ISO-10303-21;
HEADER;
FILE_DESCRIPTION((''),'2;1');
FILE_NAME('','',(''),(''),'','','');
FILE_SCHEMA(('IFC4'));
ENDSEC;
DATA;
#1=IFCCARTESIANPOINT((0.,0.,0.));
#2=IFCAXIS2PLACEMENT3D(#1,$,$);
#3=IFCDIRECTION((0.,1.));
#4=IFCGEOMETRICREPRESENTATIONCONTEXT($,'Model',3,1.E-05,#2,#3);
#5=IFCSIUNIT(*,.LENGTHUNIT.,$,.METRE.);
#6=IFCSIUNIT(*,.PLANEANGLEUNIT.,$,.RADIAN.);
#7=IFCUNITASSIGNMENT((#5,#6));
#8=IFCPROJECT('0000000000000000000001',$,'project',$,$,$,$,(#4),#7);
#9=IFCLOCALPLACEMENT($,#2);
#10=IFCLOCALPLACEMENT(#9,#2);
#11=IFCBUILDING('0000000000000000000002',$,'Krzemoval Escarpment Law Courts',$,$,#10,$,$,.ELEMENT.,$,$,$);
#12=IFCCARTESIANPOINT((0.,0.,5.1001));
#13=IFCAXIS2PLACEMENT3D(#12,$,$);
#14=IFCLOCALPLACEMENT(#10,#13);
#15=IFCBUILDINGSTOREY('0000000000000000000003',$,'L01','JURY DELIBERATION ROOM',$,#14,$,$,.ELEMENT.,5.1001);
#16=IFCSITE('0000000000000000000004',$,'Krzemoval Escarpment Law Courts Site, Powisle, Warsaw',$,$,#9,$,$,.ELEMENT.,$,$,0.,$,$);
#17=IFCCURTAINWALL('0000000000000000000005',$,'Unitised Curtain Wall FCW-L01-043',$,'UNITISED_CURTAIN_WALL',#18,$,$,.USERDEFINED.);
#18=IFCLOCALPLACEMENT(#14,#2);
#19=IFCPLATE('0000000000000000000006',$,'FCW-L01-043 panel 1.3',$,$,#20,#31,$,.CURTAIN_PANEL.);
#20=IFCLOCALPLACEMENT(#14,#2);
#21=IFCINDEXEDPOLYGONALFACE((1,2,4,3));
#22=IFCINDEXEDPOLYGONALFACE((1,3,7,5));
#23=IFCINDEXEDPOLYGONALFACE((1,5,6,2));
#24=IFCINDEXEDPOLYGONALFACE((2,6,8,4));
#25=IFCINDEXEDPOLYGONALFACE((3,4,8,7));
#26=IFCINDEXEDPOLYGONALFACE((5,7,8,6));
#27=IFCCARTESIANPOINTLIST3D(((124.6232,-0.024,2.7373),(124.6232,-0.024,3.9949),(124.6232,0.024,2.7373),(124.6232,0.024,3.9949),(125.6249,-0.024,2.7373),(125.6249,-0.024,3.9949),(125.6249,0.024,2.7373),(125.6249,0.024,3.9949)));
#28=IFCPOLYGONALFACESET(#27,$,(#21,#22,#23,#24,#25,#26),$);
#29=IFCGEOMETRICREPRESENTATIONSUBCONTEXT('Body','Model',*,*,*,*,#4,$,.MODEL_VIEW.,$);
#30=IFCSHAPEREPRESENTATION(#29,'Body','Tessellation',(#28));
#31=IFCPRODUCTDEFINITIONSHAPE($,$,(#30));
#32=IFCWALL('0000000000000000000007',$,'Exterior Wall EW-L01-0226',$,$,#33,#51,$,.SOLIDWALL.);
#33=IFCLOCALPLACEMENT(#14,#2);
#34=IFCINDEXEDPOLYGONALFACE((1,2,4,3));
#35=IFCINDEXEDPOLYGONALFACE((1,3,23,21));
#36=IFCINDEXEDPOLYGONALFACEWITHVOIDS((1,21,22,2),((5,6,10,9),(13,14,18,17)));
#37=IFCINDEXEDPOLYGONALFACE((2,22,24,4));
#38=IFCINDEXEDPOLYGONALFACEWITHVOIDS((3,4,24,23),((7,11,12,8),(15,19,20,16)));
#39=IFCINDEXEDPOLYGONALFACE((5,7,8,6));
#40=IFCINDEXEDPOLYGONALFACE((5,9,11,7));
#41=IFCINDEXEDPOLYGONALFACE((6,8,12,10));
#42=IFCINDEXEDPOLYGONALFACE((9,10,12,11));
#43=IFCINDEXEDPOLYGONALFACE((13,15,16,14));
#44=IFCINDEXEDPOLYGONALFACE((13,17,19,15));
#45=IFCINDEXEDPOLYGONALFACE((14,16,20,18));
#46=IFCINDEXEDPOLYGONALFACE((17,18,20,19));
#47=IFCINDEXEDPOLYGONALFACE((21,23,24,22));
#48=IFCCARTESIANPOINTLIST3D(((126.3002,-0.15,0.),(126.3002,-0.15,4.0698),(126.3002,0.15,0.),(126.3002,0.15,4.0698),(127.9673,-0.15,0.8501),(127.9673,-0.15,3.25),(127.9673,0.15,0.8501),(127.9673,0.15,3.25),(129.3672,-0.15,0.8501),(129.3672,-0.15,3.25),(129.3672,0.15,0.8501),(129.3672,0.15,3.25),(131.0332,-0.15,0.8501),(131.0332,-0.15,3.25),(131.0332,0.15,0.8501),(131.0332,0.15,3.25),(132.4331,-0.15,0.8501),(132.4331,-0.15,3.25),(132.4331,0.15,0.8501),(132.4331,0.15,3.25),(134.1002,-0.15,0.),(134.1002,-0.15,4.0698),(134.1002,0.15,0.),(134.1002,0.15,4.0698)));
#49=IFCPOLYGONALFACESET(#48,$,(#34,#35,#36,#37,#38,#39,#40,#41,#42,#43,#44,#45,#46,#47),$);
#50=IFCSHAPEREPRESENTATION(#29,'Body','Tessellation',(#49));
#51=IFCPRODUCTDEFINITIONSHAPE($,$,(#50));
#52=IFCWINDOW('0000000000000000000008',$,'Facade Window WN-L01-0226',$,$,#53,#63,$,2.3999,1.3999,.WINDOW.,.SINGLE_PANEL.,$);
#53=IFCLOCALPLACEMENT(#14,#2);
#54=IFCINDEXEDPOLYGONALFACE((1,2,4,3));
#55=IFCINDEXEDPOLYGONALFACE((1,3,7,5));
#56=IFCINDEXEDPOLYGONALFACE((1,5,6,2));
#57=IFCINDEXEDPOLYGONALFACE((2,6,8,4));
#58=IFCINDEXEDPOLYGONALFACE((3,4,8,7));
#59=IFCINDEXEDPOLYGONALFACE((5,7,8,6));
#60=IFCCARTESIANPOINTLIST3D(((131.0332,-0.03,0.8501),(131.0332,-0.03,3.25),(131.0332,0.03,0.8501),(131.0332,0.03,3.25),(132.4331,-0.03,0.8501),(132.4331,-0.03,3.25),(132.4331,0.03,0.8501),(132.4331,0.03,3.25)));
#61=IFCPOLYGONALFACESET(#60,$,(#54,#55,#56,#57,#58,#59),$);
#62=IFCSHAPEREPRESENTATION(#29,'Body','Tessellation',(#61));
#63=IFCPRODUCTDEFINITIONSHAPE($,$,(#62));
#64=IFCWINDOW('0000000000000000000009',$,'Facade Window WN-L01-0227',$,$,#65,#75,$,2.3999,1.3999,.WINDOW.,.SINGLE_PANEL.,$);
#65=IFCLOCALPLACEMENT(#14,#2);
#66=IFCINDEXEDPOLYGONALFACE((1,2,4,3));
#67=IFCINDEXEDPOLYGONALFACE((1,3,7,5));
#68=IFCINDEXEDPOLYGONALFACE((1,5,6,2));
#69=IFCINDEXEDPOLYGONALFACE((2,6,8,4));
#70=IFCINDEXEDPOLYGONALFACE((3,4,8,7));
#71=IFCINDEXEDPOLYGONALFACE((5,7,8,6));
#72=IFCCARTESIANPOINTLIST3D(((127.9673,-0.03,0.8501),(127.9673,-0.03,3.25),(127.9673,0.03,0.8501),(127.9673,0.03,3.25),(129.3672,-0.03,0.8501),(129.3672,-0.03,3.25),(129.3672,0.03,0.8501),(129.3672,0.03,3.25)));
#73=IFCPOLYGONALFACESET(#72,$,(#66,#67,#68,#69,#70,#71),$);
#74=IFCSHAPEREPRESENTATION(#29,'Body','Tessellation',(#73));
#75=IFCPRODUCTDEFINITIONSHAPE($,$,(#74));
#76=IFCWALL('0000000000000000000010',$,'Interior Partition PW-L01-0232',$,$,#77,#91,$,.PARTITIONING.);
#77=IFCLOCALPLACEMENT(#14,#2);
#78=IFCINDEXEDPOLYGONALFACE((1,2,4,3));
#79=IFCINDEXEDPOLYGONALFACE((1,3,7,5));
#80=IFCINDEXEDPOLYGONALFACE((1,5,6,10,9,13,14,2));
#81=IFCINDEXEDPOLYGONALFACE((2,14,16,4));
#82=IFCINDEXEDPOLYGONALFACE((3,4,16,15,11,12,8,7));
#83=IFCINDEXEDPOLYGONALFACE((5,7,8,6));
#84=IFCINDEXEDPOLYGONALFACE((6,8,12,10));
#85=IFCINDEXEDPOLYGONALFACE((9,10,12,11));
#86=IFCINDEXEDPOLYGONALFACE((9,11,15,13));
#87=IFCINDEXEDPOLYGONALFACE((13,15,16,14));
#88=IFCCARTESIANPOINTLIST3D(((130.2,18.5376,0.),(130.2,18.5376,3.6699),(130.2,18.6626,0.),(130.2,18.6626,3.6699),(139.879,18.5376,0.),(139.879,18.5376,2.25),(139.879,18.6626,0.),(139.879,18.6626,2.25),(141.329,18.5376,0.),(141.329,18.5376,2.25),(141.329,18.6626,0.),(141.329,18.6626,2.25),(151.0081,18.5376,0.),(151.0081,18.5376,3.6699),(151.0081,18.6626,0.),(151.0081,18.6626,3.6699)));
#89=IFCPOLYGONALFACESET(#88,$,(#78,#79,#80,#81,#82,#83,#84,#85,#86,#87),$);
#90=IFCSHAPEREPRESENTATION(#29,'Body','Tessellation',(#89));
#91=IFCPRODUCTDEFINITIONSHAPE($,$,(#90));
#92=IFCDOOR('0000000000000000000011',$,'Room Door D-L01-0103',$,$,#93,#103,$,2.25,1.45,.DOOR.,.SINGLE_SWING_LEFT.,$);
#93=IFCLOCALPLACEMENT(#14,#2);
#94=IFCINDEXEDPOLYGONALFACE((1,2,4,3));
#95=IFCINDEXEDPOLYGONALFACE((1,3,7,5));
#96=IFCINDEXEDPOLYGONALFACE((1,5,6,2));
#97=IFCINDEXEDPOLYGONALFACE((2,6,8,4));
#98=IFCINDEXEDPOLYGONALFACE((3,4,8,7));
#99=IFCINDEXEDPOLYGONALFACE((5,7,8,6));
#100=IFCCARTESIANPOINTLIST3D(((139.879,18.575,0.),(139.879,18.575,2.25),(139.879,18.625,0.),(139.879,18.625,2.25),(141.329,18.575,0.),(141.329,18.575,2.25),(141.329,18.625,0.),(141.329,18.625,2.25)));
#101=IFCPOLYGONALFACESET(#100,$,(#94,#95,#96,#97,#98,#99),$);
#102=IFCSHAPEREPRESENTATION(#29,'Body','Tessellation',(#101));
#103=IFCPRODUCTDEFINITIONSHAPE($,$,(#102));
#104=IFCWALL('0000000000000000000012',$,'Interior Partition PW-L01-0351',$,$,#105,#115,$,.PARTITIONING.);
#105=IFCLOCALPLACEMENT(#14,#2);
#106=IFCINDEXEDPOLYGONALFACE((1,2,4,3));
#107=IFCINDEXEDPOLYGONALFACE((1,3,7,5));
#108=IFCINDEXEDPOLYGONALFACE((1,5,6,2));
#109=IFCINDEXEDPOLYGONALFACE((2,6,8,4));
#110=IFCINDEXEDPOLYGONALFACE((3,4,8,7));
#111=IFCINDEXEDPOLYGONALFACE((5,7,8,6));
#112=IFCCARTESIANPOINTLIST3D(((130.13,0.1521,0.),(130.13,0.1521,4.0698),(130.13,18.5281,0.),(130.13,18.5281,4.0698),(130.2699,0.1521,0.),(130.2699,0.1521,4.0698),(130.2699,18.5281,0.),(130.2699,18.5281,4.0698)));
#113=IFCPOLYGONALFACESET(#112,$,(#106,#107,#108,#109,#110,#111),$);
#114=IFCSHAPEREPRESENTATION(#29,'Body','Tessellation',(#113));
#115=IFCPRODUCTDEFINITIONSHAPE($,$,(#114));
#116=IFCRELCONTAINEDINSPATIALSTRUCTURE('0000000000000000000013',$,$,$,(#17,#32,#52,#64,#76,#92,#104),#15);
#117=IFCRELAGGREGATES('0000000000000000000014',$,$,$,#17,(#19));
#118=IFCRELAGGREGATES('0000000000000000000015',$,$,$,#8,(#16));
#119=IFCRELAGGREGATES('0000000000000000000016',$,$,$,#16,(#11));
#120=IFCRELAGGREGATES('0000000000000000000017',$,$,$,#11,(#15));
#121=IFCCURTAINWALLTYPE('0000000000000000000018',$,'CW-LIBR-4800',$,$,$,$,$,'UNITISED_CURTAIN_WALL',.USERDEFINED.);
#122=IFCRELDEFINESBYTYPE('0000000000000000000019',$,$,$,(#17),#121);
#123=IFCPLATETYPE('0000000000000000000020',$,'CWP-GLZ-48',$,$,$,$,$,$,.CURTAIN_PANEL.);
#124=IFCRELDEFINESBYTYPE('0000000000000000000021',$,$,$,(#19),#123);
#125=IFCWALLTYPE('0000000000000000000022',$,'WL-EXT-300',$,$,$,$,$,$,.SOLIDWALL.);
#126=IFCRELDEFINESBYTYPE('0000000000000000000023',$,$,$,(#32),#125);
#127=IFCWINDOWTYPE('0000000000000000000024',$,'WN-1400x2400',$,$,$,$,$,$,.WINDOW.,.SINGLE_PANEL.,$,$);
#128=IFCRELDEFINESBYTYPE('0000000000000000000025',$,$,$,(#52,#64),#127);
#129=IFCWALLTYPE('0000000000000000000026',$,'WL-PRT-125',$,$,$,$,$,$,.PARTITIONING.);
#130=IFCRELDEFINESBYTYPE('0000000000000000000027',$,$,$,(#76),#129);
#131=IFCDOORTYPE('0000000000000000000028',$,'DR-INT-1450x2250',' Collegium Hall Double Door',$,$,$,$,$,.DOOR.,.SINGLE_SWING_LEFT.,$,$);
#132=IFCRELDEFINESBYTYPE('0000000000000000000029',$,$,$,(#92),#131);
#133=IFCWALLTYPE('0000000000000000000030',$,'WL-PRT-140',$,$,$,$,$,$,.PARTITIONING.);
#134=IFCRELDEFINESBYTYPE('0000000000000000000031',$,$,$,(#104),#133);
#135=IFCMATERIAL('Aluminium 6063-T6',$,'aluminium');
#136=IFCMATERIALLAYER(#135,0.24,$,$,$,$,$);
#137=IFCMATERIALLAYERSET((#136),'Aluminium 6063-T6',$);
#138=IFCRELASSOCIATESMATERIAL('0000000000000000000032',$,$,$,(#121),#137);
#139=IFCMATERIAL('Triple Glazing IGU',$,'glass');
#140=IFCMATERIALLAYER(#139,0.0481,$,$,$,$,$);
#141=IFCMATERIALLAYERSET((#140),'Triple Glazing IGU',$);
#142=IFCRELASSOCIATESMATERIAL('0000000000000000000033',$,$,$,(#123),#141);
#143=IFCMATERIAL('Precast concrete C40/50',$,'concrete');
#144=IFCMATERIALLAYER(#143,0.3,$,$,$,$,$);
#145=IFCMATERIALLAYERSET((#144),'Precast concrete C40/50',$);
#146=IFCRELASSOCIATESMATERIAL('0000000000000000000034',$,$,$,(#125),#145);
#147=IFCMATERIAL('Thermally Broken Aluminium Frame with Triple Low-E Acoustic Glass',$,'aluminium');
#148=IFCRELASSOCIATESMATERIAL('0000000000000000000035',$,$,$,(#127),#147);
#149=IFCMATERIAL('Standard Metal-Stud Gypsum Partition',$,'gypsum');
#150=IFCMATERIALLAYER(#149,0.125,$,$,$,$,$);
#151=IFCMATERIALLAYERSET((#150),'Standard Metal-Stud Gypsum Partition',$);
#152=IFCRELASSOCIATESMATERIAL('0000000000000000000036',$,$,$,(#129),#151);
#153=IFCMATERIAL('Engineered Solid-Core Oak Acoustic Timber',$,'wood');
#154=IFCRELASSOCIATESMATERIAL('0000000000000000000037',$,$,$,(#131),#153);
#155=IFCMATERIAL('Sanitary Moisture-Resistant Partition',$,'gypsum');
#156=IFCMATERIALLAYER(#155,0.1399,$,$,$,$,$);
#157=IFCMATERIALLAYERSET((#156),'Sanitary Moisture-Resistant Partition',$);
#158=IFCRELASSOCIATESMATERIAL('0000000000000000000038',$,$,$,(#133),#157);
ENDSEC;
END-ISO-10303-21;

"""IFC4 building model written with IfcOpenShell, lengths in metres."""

from ifc_helpers import new_model, si_unit, direction, frame, frame_2d, origin, origin_2d, place, context, subcontext, project, spatial, rectangle, extrude, material, layer, layer_set, type_object, element, fill, aggregate, save


model = new_model("IFC4")

# Units and contexts
model_context = context("Model", 3, precision=1e-05, world=origin(), true_north=direction((0.0, 1.0)))
body_context = subcontext(model_context, "Body", "Model", "MODEL_VIEW")
ifc_project = project(units=[si_unit("LENGTHUNIT", "METRE"), si_unit("PLANEANGLEUNIT", "RADIAN")], contexts=[model_context])

# Site, building, storey
site_placement = place(None, origin())
site = spatial("IfcSite", under=ifc_project, at=site_placement, Name="Krzemoval Escarpment Law Courts Site, Powisle, Warsaw", CompositionType="ELEMENT", RefElevation=0.0)
building_placement = place(site_placement, origin())
building = spatial("IfcBuilding", under=site, at=building_placement, Name="Krzemoval Escarpment Law Courts", CompositionType="ELEMENT")
storey_placement = place(building_placement, frame((0.0, 0.0, 5.1001)))
storey = spatial("IfcBuildingStorey", under=building, at=storey_placement, Name="L01", Description="JURY DELIBERATION ROOM", CompositionType="ELEMENT", Elevation=5.1001)

# Curtain wall
ifc_material_1 = material(Name="Aluminium 6063-T6", Category="aluminium")
ifc_layer_1 = layer(ifc_material_1, 0.24)
ifc_layer_set_1 = layer_set([ifc_layer_1], Name="Aluminium 6063-T6")
curtain_wall_type = type_object("IfcCurtainWallType", Name="CW-LIBR-4800", ElementType="UNITISED_CURTAIN_WALL", PredefinedType="USERDEFINED", material=ifc_layer_set_1)
curtain_wall_placement = place(storey_placement, origin())
curtain_wall = element("IfcCurtainWall", 1, at=curtain_wall_placement, inside=storey, type_object=curtain_wall_type, Name="Unitised Curtain Wall FCW-L01-043", ObjectType="UNITISED_CURTAIN_WALL", PredefinedType="USERDEFINED")

# Plate
ifc_material_2 = material(Name="Triple Glazing IGU", Category="glass")
ifc_layer_2 = layer(ifc_material_2, 0.0481)
ifc_layer_set_2 = layer_set([ifc_layer_2], Name="Triple Glazing IGU")
plate_type = type_object("IfcPlateType", Name="CWP-GLZ-48", PredefinedType="CURTAIN_PANEL", material=ifc_layer_set_2)
plate_1_placement = place(storey_placement, frame((125.124, 0.0, 2.7373), z_axis=(0.0, 0.0, 1.0), x_axis=(-1.0, 0.0, 0.0)))
plate_1 = element("IfcPlate", 2, at=plate_1_placement, type_object=plate_type, Name="FCW-L01-043 panel 1.3", PredefinedType="CURTAIN_PANEL", context=body_context, shape_type="SweptSolid", body=[
    extrude(rectangle(XDim=1.0017, YDim=0.0481, at=origin_2d()), origin(), (0.0, 0.0, 1.0), 1.2576),
])
aggregate(curtain_wall, [plate_1])

# Wall, openings, windows
ifc_material_3 = material(Name="Precast concrete C40/50", Category="concrete")
ifc_layer_3 = layer(ifc_material_3, 0.3)
ifc_layer_set_3 = layer_set([ifc_layer_3], Name="Precast concrete C40/50")
wall_type_1 = type_object("IfcWallType", Name="WL-EXT-300", PredefinedType="SOLIDWALL", material=ifc_layer_set_3)
wall_1_placement = place(storey_placement, frame((134.1001, 0.0, 0.0), z_axis=(0.0, 0.0, 1.0), x_axis=(-1.0, 0.0, 0.0)))
wall_1 = element("IfcWall", 3, at=wall_1_placement, inside=storey, type_object=wall_type_1, Name="Exterior Wall EW-L01-0226", PredefinedType="SOLIDWALL", context=body_context, shape_type="SweptSolid", body=[
    extrude(rectangle(XDim=7.8, YDim=0.3, at=frame_2d((3.8999, 0.0))), origin(), (0.0, 0.0, 1.0), 4.0698),
])
opening_1_placement = place(wall_1_placement, frame((1.667, 0.0, 0.8501)))
opening_1 = element("IfcOpeningElement", 4, at=opening_1_placement, cuts=wall_1, PredefinedType="OPENING", context=body_context, shape_type="SweptSolid", body=[
    extrude(rectangle(XDim=1.3999, YDim=2.3999, at=frame_2d((0.7, 1.2))), frame((0.0, 0.165, 0.0), z_axis=(0.0, -1.0, 0.0), x_axis=(1.0, 0.0, 0.0)), (0.0, 0.0, 1.0), 0.3301),
])
opening_2_placement = place(wall_1_placement, frame((4.7329, 0.0, 0.8501)))
opening_2 = element("IfcOpeningElement", 5, at=opening_2_placement, cuts=wall_1, PredefinedType="OPENING", context=body_context, shape_type="SweptSolid", body=[
    extrude(rectangle(XDim=1.3999, YDim=2.3999, at=frame_2d((0.7, 1.2))), frame((0.0, 0.165, 0.0), z_axis=(0.0, -1.0, 0.0), x_axis=(1.0, 0.0, 0.0)), (0.0, 0.0, 1.0), 0.3301),
])
ifc_material_4 = material(Name="Thermally Broken Aluminium Frame with Triple Low-E Acoustic Glass", Category="aluminium")
window_type = type_object("IfcWindowType", Name="WN-1400x2400", PartitioningType="SINGLE_PANEL", PredefinedType="WINDOW", material=ifc_material_4)
window_1_placement = place(opening_1_placement, origin())
window_1 = element("IfcWindow", 6, at=window_1_placement, inside=storey, type_object=window_type, Name="Facade Window WN-L01-0226", OverallHeight=2.3999, OverallWidth=1.3999, PartitioningType="SINGLE_PANEL", PredefinedType="WINDOW", context=body_context, shape_type="SweptSolid", body=[
    extrude(rectangle(XDim=1.3999, YDim=2.3999, at=frame_2d((0.7, 1.2))), frame((0.0, 0.03, 0.0), z_axis=(0.0, -1.0, 0.0), x_axis=(1.0, 0.0, 0.0)), (0.0, 0.0, 1.0), 0.0601),
])
fill(opening_1, window_1)
window_2_placement = place(opening_2_placement, origin())
window_2 = element("IfcWindow", 7, at=window_2_placement, inside=storey, type_object=window_type, Name="Facade Window WN-L01-0227", OverallHeight=2.3999, OverallWidth=1.3999, PartitioningType="SINGLE_PANEL", PredefinedType="WINDOW", context=body_context, shape_type="SweptSolid", body=[
    extrude(rectangle(XDim=1.3999, YDim=2.3999, at=frame_2d((0.7, 1.2))), frame((0.0, 0.03, 0.0), z_axis=(0.0, -1.0, 0.0), x_axis=(1.0, 0.0, 0.0)), (0.0, 0.0, 1.0), 0.0601),
])
fill(opening_2, window_2)

# Wall, opening, door
ifc_material_5 = material(Name="Standard Metal-Stud Gypsum Partition", Category="gypsum")
ifc_layer_4 = layer(ifc_material_5, 0.125)
ifc_layer_set_4 = layer_set([ifc_layer_4], Name="Standard Metal-Stud Gypsum Partition")
wall_type_2 = type_object("IfcWallType", Name="WL-PRT-125", PredefinedType="PARTITIONING", material=ifc_layer_set_4)
wall_2_placement = place(storey_placement, frame((130.2, 18.6001, 0.0), z_axis=(0.0, 0.0, 1.0), x_axis=(1.0, 0.0, 0.0)))
wall_2 = element("IfcWall", 8, at=wall_2_placement, inside=storey, type_object=wall_type_2, Name="Interior Partition PW-L01-0232", PredefinedType="PARTITIONING", context=body_context, shape_type="SweptSolid", body=[
    extrude(rectangle(XDim=20.8081, YDim=0.125, at=frame_2d((10.4041, 0.0))), origin(), (0.0, 0.0, 1.0), 3.6699),
])
opening_3_placement = place(wall_2_placement, frame((9.679, 0.0, 0.0)))
opening_3 = element("IfcOpeningElement", 9, at=opening_3_placement, cuts=wall_2, PredefinedType="OPENING", context=body_context, shape_type="SweptSolid", body=[
    extrude(rectangle(XDim=1.45, YDim=2.25, at=frame_2d((0.7251, 1.125))), frame((0.0, 0.0775, 0.0), z_axis=(0.0, -1.0, 0.0), x_axis=(1.0, 0.0, 0.0)), (0.0, 0.0, 1.0), 0.155),
])
ifc_material_6 = material(Name="Engineered Solid-Core Oak Acoustic Timber", Category="wood")
door_type = type_object("IfcDoorType", Name="DR-INT-1450x2250", Description=" Collegium Hall Double Door", OperationType="SINGLE_SWING_LEFT", PredefinedType="DOOR", material=ifc_material_6)
door_placement = place(opening_3_placement, origin())
door = element("IfcDoor", 10, at=door_placement, inside=storey, type_object=door_type, Name="Room Door D-L01-0103", OperationType="SINGLE_SWING_LEFT", OverallHeight=2.25, OverallWidth=1.45, PredefinedType="DOOR", context=body_context, shape_type="SweptSolid", body=[
    extrude(rectangle(XDim=1.45, YDim=2.25, at=frame_2d((0.7251, 1.125))), frame((0.0, 0.0249, 0.0), z_axis=(0.0, -1.0, 0.0), x_axis=(1.0, 0.0, 0.0)), (0.0, 0.0, 1.0), 0.05),
])
fill(opening_3, door)

# Wall
ifc_material_7 = material(Name="Sanitary Moisture-Resistant Partition", Category="gypsum")
ifc_layer_5 = layer(ifc_material_7, 0.1399)
ifc_layer_set_5 = layer_set([ifc_layer_5], Name="Sanitary Moisture-Resistant Partition")
wall_type_3 = type_object("IfcWallType", Name="WL-PRT-140", PredefinedType="PARTITIONING", material=ifc_layer_set_5)
wall_3_placement = place(storey_placement, frame((130.2, 0.1521, 0.0), z_axis=(0.0, 0.0, 1.0), x_axis=(0.0, 1.0, 0.0)))
element("IfcWall", 11, at=wall_3_placement, inside=storey, type_object=wall_type_3, Name="Interior Partition PW-L01-0351", PredefinedType="PARTITIONING", context=body_context, shape_type="SweptSolid", body=[
    extrude(rectangle(XDim=18.376, YDim=0.1399, at=frame_2d((9.188, 0.0))), origin(), (0.0, 0.0, 1.0), 4.0698),
])

save(model, "model.ifc")
